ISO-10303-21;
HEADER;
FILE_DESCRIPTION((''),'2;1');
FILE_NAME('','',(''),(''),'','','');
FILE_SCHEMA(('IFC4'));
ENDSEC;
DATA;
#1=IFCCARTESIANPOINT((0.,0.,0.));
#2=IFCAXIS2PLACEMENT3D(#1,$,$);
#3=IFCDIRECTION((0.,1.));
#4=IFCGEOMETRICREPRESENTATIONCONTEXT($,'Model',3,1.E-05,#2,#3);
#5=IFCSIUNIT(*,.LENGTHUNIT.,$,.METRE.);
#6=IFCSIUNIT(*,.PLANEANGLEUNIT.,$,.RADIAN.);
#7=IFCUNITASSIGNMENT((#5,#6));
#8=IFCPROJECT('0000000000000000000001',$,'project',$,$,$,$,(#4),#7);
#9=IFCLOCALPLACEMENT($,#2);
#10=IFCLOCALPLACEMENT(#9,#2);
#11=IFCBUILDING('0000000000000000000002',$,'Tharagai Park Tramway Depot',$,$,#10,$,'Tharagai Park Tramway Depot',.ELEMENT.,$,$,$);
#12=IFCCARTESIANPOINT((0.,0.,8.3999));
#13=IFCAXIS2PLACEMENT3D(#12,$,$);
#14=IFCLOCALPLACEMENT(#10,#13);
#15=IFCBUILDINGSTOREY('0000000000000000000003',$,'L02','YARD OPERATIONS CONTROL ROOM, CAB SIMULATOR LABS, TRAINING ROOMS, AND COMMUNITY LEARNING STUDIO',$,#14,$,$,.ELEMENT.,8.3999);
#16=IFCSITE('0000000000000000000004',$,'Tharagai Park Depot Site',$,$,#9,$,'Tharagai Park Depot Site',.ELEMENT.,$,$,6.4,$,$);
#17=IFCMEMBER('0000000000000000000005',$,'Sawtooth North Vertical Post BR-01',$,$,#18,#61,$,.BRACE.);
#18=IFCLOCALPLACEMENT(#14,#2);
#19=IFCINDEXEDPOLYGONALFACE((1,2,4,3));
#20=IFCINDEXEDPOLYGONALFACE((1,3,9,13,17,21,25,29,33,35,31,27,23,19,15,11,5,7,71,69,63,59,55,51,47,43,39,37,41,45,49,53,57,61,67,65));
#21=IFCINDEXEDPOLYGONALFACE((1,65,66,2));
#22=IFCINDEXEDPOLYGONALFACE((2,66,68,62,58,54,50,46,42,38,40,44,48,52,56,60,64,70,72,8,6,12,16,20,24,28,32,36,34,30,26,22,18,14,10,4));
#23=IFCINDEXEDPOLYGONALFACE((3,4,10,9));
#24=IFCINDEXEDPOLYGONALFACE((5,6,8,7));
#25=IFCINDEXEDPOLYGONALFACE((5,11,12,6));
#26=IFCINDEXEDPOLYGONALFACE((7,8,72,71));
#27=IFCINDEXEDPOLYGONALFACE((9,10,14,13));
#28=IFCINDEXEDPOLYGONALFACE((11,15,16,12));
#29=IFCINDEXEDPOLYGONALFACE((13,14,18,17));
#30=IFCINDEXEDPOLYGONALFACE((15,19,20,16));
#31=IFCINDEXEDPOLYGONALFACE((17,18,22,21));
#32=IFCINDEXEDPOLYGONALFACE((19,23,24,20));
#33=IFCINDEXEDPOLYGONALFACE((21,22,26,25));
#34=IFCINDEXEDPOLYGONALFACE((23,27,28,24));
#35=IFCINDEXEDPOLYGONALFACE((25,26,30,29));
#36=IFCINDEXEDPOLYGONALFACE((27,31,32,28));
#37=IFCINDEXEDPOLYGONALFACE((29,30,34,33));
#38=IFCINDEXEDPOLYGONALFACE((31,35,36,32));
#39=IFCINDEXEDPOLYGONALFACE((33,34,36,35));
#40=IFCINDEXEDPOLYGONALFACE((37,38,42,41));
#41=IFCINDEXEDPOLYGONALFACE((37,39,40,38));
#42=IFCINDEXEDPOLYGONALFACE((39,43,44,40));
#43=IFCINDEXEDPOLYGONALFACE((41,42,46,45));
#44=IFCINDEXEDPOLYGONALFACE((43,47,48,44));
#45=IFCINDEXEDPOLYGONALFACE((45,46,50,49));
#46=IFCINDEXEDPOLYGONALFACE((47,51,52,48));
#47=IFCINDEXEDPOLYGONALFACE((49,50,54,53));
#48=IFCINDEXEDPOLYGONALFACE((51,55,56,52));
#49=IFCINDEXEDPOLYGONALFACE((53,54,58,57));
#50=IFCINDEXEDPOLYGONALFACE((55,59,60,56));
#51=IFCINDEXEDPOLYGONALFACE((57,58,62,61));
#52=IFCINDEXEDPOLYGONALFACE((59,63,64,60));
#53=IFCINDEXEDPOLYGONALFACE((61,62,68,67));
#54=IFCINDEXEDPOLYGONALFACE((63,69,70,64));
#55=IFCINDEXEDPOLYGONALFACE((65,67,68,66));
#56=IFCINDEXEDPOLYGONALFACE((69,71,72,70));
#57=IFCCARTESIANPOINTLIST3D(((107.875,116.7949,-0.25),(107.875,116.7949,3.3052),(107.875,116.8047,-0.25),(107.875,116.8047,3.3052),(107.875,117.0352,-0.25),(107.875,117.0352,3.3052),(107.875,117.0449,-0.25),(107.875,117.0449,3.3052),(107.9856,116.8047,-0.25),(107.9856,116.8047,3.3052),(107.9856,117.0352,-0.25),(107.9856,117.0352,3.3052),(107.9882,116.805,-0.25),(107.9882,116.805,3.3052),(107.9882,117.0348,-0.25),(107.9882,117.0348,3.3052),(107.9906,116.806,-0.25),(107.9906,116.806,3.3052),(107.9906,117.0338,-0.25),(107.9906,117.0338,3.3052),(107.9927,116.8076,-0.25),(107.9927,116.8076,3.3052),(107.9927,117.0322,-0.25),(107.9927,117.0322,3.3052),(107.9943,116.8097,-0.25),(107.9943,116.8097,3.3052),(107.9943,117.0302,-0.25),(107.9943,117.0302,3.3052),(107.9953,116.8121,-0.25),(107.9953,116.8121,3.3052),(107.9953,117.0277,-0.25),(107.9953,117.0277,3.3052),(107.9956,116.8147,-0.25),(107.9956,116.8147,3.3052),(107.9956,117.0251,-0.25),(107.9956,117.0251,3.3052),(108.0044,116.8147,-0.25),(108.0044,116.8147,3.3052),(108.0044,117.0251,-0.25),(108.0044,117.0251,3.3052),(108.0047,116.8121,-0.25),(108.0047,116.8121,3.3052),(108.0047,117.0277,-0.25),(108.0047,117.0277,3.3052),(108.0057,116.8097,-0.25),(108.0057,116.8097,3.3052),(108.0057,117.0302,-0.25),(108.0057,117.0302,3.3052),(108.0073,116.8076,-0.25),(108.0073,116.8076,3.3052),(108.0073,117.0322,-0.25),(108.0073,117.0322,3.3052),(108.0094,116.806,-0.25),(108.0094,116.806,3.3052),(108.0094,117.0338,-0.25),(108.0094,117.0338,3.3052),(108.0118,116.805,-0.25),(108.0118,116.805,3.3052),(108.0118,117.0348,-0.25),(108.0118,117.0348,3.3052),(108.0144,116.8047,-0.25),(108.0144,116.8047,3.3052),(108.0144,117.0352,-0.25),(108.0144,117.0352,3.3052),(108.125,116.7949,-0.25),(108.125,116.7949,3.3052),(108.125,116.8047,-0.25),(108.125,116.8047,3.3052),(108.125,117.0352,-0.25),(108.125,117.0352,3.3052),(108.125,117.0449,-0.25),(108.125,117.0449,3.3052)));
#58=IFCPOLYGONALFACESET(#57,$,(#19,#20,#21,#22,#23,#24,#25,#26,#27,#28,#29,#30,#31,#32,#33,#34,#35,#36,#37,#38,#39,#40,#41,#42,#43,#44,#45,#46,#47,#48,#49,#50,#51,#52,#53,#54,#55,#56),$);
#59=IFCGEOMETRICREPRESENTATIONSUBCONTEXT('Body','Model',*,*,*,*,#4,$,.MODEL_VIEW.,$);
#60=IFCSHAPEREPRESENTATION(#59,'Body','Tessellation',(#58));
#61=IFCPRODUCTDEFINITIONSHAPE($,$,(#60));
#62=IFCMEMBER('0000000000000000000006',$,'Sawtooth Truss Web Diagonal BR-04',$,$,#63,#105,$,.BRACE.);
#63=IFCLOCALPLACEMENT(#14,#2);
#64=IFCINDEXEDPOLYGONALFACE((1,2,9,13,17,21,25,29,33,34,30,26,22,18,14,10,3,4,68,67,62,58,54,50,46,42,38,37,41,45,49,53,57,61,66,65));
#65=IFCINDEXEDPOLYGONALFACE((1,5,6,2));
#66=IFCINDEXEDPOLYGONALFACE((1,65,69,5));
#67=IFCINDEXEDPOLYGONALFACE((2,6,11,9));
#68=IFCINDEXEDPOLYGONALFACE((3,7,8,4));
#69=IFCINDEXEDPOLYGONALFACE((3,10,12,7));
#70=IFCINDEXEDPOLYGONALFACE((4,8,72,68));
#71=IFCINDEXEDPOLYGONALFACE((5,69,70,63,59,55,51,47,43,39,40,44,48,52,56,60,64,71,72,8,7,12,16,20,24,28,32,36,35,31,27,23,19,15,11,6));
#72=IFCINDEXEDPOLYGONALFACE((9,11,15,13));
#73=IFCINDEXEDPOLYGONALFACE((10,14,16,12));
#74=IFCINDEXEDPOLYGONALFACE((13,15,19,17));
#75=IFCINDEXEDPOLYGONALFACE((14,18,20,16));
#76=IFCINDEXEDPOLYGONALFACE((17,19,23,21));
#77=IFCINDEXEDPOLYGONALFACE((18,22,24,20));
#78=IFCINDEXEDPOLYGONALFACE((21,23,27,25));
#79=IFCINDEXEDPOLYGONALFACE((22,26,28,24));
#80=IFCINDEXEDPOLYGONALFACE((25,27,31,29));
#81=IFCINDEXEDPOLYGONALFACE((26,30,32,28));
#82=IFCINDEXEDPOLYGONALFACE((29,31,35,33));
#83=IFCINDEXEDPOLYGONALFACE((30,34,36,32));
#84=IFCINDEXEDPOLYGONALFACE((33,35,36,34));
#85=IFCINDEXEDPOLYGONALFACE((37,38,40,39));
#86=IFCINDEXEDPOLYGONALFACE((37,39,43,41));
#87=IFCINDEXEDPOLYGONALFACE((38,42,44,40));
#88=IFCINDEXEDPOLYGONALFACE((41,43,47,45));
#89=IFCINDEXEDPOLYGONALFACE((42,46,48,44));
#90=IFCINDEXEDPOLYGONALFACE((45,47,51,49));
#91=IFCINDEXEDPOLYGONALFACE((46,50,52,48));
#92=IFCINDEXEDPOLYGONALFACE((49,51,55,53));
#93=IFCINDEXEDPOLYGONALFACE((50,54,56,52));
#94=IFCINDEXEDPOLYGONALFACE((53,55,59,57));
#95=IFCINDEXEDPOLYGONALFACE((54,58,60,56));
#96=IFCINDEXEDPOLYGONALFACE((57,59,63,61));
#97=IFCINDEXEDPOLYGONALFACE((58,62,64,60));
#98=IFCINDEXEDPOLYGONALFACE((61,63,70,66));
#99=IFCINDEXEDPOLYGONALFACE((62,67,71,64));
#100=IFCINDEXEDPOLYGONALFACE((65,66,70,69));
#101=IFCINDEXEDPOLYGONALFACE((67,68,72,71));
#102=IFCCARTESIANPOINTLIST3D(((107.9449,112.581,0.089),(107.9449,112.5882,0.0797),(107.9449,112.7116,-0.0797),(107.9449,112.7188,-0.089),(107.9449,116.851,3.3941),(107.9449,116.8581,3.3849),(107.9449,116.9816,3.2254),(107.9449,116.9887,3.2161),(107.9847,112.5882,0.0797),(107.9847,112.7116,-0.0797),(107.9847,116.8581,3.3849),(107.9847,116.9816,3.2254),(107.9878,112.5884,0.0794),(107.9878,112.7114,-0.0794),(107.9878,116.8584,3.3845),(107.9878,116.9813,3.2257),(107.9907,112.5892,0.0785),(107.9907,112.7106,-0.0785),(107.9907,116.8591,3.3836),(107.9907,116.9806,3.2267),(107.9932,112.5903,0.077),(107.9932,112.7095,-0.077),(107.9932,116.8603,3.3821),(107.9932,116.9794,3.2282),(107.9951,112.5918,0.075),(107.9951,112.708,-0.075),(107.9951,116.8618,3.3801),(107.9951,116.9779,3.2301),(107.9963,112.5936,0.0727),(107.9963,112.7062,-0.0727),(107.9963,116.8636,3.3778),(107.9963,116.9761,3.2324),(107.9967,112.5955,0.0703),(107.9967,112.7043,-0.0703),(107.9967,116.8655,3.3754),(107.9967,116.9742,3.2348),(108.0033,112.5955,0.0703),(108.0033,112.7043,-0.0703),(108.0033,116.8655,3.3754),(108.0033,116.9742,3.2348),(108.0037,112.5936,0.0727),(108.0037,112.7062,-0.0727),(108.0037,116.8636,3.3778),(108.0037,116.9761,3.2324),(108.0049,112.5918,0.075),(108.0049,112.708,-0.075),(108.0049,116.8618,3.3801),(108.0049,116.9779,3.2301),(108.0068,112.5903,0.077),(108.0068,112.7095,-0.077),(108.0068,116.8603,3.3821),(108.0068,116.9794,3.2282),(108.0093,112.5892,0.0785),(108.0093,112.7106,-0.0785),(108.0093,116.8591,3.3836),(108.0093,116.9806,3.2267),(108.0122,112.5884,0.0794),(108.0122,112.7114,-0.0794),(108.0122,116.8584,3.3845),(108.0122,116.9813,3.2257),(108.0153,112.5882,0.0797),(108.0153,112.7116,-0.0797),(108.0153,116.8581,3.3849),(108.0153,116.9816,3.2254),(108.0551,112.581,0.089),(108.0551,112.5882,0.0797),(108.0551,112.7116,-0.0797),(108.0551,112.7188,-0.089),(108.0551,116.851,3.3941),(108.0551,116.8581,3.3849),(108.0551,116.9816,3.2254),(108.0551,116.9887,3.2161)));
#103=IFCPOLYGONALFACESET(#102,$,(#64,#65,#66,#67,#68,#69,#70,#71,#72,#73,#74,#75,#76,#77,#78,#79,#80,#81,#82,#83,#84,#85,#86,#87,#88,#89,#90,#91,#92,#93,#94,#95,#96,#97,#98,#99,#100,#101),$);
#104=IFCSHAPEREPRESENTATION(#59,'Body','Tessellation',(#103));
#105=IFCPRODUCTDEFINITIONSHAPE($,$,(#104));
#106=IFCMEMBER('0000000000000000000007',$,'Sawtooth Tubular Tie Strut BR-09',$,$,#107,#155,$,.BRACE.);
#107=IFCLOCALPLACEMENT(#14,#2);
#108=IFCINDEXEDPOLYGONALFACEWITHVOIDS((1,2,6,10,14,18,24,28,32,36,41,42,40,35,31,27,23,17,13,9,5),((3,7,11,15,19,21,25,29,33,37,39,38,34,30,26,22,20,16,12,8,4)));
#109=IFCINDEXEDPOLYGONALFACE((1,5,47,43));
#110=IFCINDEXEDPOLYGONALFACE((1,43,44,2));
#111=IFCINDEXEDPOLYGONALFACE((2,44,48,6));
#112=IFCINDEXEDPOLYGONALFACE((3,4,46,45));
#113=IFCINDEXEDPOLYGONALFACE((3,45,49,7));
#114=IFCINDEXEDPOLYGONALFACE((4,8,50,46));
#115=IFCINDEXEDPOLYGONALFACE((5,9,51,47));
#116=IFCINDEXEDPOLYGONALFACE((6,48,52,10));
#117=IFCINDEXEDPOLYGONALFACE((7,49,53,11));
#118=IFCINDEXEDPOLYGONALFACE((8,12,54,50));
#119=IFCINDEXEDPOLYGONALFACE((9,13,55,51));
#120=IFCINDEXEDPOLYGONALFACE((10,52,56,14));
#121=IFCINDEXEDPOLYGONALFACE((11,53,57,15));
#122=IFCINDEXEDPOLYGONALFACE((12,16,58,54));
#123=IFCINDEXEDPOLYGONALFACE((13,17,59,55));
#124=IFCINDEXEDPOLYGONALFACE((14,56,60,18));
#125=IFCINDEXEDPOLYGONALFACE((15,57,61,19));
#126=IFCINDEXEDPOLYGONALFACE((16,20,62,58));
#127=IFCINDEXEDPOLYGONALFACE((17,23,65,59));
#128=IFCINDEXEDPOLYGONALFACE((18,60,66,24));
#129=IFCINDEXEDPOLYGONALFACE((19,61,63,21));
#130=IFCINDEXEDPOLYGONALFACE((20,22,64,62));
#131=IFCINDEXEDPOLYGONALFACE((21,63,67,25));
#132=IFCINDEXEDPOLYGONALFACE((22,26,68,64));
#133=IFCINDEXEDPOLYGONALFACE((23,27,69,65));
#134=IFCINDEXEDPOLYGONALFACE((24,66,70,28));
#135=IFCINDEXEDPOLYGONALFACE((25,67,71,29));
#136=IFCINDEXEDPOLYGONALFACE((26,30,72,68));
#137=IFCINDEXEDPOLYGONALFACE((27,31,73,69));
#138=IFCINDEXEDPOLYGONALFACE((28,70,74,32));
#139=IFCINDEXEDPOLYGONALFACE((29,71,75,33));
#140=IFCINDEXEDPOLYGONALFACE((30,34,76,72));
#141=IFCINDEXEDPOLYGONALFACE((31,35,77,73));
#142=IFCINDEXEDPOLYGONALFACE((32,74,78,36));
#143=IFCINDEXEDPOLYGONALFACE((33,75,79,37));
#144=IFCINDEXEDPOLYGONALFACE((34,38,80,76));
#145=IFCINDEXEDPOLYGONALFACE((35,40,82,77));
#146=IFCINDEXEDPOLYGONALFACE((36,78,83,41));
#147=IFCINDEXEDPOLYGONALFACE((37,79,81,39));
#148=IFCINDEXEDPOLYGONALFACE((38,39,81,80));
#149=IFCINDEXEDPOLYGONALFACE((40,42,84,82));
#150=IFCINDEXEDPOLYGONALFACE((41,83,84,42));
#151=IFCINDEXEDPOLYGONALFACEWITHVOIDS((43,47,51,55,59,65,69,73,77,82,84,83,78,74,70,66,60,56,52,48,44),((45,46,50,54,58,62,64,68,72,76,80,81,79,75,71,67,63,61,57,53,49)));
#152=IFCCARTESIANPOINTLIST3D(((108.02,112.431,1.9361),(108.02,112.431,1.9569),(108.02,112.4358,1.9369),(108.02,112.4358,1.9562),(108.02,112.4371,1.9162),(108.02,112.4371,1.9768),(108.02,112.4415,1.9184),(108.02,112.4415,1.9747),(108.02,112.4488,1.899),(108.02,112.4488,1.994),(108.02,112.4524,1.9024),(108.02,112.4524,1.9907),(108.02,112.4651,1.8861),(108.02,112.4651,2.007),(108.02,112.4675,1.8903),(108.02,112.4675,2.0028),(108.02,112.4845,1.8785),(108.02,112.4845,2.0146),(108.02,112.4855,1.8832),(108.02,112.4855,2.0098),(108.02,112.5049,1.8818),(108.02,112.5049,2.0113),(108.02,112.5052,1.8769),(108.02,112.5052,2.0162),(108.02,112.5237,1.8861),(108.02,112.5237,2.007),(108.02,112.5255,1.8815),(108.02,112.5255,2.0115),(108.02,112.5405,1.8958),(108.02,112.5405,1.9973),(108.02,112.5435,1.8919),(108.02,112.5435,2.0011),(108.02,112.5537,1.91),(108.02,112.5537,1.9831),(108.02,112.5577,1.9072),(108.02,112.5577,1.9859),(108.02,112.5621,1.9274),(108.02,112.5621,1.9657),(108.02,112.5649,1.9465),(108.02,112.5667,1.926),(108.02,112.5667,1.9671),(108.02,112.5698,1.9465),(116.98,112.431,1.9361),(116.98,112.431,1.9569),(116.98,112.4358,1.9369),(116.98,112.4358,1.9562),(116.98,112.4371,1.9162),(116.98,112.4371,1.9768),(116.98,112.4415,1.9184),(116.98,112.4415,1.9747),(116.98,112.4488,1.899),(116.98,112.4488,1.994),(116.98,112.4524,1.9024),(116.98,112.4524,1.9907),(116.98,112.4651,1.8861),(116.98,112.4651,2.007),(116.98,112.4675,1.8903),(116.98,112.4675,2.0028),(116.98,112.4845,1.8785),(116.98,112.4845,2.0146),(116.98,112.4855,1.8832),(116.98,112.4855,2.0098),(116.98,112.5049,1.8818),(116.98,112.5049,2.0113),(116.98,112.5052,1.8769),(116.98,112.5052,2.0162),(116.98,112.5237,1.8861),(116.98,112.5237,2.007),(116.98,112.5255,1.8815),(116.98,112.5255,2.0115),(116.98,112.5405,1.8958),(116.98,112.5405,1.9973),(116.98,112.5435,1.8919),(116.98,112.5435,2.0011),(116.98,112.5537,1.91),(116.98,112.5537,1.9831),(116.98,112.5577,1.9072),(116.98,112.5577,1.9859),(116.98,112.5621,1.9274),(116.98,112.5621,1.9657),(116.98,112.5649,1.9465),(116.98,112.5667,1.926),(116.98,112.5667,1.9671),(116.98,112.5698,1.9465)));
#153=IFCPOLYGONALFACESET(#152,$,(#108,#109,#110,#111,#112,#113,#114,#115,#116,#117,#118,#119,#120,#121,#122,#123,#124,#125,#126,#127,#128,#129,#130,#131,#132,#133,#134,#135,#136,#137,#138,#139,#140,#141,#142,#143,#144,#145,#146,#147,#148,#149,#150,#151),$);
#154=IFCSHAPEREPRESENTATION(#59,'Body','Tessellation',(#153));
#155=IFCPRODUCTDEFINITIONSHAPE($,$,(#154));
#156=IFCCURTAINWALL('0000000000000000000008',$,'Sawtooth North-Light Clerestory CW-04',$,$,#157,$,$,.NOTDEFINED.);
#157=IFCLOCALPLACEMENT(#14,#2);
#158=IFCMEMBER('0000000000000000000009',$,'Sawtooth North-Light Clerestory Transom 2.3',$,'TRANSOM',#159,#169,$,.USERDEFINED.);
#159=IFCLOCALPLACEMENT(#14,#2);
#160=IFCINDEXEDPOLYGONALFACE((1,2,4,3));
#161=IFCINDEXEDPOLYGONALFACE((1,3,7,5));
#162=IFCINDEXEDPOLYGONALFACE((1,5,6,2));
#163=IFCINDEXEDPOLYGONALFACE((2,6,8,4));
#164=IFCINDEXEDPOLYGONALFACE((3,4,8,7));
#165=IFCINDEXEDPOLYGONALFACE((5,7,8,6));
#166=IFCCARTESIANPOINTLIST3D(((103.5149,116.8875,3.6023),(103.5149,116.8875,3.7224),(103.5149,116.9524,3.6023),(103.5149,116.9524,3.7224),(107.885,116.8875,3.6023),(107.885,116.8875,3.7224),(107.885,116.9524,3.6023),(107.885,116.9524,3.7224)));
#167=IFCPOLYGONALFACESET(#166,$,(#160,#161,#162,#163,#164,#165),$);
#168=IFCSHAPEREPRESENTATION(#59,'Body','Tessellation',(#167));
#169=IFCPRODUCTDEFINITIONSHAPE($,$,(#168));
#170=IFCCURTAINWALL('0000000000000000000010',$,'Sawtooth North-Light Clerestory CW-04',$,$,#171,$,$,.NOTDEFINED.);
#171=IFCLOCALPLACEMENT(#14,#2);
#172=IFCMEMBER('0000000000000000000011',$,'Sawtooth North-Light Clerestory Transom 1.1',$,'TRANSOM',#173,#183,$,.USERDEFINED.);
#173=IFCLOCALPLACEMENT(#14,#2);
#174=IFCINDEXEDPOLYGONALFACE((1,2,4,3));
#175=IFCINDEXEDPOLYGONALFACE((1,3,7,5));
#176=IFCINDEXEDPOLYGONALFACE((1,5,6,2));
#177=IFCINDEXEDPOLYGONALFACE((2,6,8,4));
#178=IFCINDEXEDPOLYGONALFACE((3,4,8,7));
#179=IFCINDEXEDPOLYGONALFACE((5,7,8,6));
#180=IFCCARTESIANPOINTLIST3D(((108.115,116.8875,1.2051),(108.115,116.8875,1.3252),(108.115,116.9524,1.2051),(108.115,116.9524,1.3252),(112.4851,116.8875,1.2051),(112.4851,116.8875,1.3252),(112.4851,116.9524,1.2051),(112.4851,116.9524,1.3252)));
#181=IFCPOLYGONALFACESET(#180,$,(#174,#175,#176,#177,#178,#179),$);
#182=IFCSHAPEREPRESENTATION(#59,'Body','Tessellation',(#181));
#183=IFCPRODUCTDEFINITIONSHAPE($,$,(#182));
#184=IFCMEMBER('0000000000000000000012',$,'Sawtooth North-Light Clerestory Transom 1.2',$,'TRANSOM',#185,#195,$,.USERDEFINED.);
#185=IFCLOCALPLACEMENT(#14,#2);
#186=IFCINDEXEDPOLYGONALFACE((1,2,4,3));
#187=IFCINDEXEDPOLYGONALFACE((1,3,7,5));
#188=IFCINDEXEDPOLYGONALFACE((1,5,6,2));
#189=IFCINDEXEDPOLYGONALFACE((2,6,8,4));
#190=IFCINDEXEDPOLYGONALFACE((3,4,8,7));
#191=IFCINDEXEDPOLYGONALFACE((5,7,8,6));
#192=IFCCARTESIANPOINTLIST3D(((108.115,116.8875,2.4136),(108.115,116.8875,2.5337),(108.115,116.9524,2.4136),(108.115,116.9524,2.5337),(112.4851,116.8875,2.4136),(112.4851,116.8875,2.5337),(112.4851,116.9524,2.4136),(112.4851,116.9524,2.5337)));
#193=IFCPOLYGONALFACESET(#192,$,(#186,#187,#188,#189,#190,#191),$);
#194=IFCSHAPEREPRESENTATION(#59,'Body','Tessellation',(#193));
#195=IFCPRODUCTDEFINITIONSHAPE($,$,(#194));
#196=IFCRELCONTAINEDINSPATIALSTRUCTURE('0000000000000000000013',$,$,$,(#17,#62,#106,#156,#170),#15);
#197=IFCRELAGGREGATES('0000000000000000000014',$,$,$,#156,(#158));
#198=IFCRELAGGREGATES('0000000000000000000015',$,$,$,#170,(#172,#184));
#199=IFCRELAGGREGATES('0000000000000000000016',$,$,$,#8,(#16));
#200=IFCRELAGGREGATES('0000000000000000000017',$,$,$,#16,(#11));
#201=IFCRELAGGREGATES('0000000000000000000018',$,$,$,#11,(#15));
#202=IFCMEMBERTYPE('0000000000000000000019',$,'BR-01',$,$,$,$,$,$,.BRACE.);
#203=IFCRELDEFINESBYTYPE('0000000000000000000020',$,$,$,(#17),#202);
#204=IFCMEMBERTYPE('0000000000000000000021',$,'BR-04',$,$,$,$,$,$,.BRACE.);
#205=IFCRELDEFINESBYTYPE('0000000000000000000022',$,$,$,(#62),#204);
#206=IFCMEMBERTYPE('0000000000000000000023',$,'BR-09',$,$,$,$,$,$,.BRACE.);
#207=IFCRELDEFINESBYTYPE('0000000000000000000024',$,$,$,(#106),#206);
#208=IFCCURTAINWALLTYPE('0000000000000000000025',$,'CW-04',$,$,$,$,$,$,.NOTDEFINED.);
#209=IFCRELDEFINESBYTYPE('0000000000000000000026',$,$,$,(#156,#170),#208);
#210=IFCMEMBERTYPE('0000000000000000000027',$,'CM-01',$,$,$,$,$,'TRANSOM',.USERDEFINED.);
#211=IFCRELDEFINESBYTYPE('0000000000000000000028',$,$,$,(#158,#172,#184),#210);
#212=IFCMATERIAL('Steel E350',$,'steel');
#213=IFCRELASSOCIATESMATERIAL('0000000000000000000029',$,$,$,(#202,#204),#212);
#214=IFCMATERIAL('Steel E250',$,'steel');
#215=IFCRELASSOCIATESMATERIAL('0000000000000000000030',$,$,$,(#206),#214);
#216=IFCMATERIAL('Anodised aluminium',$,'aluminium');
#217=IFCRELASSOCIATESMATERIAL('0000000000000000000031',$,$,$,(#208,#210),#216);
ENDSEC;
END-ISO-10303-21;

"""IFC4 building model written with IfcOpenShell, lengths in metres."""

from ifc_helpers import new_model, si_unit, direction, frame, origin, origin_2d, place, context, subcontext, project, spatial, rectangle, hollow_circle, i_section, extrude, material, material_profile, profile_set, type_object, element, aggregate, save


model = new_model("IFC4")

# Units and contexts
model_context = context("Model", 3, precision=1e-05, world=origin(), true_north=direction((0.0, 1.0)))
body_context = subcontext(model_context, "Body", "Model", "MODEL_VIEW")
ifc_project = project(units=[si_unit("LENGTHUNIT", "METRE"), si_unit("PLANEANGLEUNIT", "RADIAN")], contexts=[model_context])

# Site, building, storey
site_placement = place(None, origin())
site = spatial("IfcSite", under=ifc_project, at=site_placement, Name="Tharagai Park Depot Site", LongName="Tharagai Park Depot Site", CompositionType="ELEMENT", RefElevation=6.4)
building_placement = place(site_placement, origin())
building = spatial("IfcBuilding", under=site, at=building_placement, Name="Tharagai Park Tramway Depot", LongName="Tharagai Park Tramway Depot", CompositionType="ELEMENT")
storey_placement = place(building_placement, frame((0.0, 0.0, 8.3999)))
storey = spatial("IfcBuildingStorey", under=building, at=storey_placement, Name="L02", Description="YARD OPERATIONS CONTROL ROOM, CAB SIMULATOR LABS, TRAINING ROOMS, AND COMMUNITY LEARNING STUDIO", CompositionType="ELEMENT", Elevation=8.3999)

# Members
ifc_material_1 = material(Name="Steel E350", Category="steel")
ifc_material_profile_1 = material_profile(ifc_material_1, i_section(OverallWidth=0.25, OverallDepth=0.25, WebThickness=0.0088, FlangeThickness=0.0098, FilletRadius=0.01, at=origin_2d()), Name="ISHB 250")
ifc_profile_set_1 = profile_set([ifc_material_profile_1], Name="Steel E350")
member_type_1 = type_object("IfcMemberType", Name="BR-01", PredefinedType="BRACE", material=ifc_profile_set_1)
member_1_placement = place(storey_placement, frame((108.0, 116.9199, -0.25), z_axis=(0.0, 0.0, 1.0), x_axis=(1.0, 0.0, 0.0)))
element("IfcMember", 1, at=member_1_placement, inside=storey, type_object=member_type_1, Name="Sawtooth North Vertical Post BR-01", PredefinedType="BRACE", context=body_context, shape_type="SweptSolid", body=[
    extrude(i_section(OverallWidth=0.25, OverallDepth=0.25, WebThickness=0.0088, FlangeThickness=0.0098, FilletRadius=0.01, at=origin_2d()), origin(), (0.0, 0.0, 1.0), 3.5552),
])
ifc_material_profile_2 = material_profile(ifc_material_1, i_section(OverallWidth=0.1101, OverallDepth=0.2251, WebThickness=0.0066, FlangeThickness=0.0117, FilletRadius=0.012, at=origin_2d()), Name="ISMB 225")
ifc_profile_set_2 = profile_set([ifc_material_profile_2], Name="Steel E350")
member_type_2 = type_object("IfcMemberType", Name="BR-04", PredefinedType="BRACE", material=ifc_profile_set_2)
member_2_placement = place(storey_placement, frame((108.0, 112.6499, 0.0), z_axis=(0.0, 0.790782, 0.612098), x_axis=(-1.0, 0.0, 0.0)))
element("IfcMember", 2, at=member_2_placement, inside=storey, type_object=member_type_2, Name="Sawtooth Truss Web Diagonal BR-04", PredefinedType="BRACE", context=body_context, shape_type="SweptSolid", body=[
    extrude(i_section(OverallWidth=0.1101, OverallDepth=0.2251, WebThickness=0.0066, FlangeThickness=0.0117, FilletRadius=0.012, at=origin_2d()), origin(), (0.0, 0.0, 1.0), 5.3997),
])
ifc_material_2 = material(Name="Steel E250", Category="steel")
ifc_material_profile_3 = material_profile(ifc_material_2, hollow_circle(Radius=0.0698, WallThickness=0.0049, at=origin_2d()), Name="CHS 139.7x5")
ifc_profile_set_3 = profile_set([ifc_material_profile_3], Name="Steel E250")
member_type_3 = type_object("IfcMemberType", Name="BR-09", PredefinedType="BRACE", material=ifc_profile_set_3)
member_3_placement = place(storey_placement, frame((108.02, 112.5, 1.9465), z_axis=(1.0, 0.0, 0.0), x_axis=(0.0, 1.0, 0.0)))
element("IfcMember", 3, at=member_3_placement, inside=storey, type_object=member_type_3, Name="Sawtooth Tubular Tie Strut BR-09", PredefinedType="BRACE", context=body_context, shape_type="SweptSolid", body=[
    extrude(hollow_circle(Radius=0.0698, WallThickness=0.0049, at=origin_2d()), origin(), (0.0, 0.0, 1.0), 8.96),
])

# Curtain wall, member
ifc_material_3 = material(Name="Anodised aluminium", Category="aluminium")
curtain_wall_type = type_object("IfcCurtainWallType", Name="CW-04", PredefinedType="NOTDEFINED", material=ifc_material_3)
curtain_wall_1_placement = place(storey_placement, origin())
curtain_wall_1 = element("IfcCurtainWall", 4, at=curtain_wall_1_placement, inside=storey, type_object=curtain_wall_type, Name="Sawtooth North-Light Clerestory CW-04", PredefinedType="NOTDEFINED")
ifc_material_profile_4 = material_profile(ifc_material_3, rectangle(XDim=0.0649, YDim=0.1201, at=origin_2d()), Name="ALU 65x120")
ifc_profile_set_4 = profile_set([ifc_material_profile_4], Name="Anodised aluminium")
member_type_4 = type_object("IfcMemberType", Name="CM-01", ElementType="TRANSOM", PredefinedType="USERDEFINED", material=ifc_profile_set_4)
member_4_placement = place(storey_placement, frame((103.5149, 116.9199, 3.6624), z_axis=(1.0, 0.0, 0.0), x_axis=(0.0, 1.0, 0.0)))
member_4 = element("IfcMember", 5, at=member_4_placement, type_object=member_type_4, Name="Sawtooth North-Light Clerestory Transom 2.3", ObjectType="TRANSOM", PredefinedType="USERDEFINED", context=body_context, shape_type="SweptSolid", body=[
    extrude(rectangle(XDim=0.0649, YDim=0.1201, at=origin_2d()), origin(), (0.0, 0.0, 1.0), 4.3701),
])

# Curtain wall, members
curtain_wall_2_placement = place(storey_placement, origin())
curtain_wall_2 = element("IfcCurtainWall", 6, at=curtain_wall_2_placement, inside=storey, type_object=curtain_wall_type, Name="Sawtooth North-Light Clerestory CW-04", PredefinedType="NOTDEFINED")
member_5_placement = place(storey_placement, frame((108.115, 116.9199, 1.2651), z_axis=(1.0, 0.0, 0.0), x_axis=(0.0, 1.0, 0.0)))
member_5 = element("IfcMember", 7, at=member_5_placement, type_object=member_type_4, Name="Sawtooth North-Light Clerestory Transom 1.1", ObjectType="TRANSOM", PredefinedType="USERDEFINED", context=body_context, shape_type="SweptSolid", body=[
    extrude(rectangle(XDim=0.0649, YDim=0.1201, at=origin_2d()), origin(), (0.0, 0.0, 1.0), 4.3701),
])
member_6_placement = place(storey_placement, frame((108.115, 116.9199, 2.4736), z_axis=(1.0, 0.0, 0.0), x_axis=(0.0, 1.0, 0.0)))
member_6 = element("IfcMember", 8, at=member_6_placement, type_object=member_type_4, Name="Sawtooth North-Light Clerestory Transom 1.2", ObjectType="TRANSOM", PredefinedType="USERDEFINED", context=body_context, shape_type="SweptSolid", body=[
    extrude(rectangle(XDim=0.0649, YDim=0.1201, at=origin_2d()), origin(), (0.0, 0.0, 1.0), 4.3701),
])

aggregate(curtain_wall_1, [member_4])
aggregate(curtain_wall_2, [member_5, member_6])

save(model, "model.ifc")
